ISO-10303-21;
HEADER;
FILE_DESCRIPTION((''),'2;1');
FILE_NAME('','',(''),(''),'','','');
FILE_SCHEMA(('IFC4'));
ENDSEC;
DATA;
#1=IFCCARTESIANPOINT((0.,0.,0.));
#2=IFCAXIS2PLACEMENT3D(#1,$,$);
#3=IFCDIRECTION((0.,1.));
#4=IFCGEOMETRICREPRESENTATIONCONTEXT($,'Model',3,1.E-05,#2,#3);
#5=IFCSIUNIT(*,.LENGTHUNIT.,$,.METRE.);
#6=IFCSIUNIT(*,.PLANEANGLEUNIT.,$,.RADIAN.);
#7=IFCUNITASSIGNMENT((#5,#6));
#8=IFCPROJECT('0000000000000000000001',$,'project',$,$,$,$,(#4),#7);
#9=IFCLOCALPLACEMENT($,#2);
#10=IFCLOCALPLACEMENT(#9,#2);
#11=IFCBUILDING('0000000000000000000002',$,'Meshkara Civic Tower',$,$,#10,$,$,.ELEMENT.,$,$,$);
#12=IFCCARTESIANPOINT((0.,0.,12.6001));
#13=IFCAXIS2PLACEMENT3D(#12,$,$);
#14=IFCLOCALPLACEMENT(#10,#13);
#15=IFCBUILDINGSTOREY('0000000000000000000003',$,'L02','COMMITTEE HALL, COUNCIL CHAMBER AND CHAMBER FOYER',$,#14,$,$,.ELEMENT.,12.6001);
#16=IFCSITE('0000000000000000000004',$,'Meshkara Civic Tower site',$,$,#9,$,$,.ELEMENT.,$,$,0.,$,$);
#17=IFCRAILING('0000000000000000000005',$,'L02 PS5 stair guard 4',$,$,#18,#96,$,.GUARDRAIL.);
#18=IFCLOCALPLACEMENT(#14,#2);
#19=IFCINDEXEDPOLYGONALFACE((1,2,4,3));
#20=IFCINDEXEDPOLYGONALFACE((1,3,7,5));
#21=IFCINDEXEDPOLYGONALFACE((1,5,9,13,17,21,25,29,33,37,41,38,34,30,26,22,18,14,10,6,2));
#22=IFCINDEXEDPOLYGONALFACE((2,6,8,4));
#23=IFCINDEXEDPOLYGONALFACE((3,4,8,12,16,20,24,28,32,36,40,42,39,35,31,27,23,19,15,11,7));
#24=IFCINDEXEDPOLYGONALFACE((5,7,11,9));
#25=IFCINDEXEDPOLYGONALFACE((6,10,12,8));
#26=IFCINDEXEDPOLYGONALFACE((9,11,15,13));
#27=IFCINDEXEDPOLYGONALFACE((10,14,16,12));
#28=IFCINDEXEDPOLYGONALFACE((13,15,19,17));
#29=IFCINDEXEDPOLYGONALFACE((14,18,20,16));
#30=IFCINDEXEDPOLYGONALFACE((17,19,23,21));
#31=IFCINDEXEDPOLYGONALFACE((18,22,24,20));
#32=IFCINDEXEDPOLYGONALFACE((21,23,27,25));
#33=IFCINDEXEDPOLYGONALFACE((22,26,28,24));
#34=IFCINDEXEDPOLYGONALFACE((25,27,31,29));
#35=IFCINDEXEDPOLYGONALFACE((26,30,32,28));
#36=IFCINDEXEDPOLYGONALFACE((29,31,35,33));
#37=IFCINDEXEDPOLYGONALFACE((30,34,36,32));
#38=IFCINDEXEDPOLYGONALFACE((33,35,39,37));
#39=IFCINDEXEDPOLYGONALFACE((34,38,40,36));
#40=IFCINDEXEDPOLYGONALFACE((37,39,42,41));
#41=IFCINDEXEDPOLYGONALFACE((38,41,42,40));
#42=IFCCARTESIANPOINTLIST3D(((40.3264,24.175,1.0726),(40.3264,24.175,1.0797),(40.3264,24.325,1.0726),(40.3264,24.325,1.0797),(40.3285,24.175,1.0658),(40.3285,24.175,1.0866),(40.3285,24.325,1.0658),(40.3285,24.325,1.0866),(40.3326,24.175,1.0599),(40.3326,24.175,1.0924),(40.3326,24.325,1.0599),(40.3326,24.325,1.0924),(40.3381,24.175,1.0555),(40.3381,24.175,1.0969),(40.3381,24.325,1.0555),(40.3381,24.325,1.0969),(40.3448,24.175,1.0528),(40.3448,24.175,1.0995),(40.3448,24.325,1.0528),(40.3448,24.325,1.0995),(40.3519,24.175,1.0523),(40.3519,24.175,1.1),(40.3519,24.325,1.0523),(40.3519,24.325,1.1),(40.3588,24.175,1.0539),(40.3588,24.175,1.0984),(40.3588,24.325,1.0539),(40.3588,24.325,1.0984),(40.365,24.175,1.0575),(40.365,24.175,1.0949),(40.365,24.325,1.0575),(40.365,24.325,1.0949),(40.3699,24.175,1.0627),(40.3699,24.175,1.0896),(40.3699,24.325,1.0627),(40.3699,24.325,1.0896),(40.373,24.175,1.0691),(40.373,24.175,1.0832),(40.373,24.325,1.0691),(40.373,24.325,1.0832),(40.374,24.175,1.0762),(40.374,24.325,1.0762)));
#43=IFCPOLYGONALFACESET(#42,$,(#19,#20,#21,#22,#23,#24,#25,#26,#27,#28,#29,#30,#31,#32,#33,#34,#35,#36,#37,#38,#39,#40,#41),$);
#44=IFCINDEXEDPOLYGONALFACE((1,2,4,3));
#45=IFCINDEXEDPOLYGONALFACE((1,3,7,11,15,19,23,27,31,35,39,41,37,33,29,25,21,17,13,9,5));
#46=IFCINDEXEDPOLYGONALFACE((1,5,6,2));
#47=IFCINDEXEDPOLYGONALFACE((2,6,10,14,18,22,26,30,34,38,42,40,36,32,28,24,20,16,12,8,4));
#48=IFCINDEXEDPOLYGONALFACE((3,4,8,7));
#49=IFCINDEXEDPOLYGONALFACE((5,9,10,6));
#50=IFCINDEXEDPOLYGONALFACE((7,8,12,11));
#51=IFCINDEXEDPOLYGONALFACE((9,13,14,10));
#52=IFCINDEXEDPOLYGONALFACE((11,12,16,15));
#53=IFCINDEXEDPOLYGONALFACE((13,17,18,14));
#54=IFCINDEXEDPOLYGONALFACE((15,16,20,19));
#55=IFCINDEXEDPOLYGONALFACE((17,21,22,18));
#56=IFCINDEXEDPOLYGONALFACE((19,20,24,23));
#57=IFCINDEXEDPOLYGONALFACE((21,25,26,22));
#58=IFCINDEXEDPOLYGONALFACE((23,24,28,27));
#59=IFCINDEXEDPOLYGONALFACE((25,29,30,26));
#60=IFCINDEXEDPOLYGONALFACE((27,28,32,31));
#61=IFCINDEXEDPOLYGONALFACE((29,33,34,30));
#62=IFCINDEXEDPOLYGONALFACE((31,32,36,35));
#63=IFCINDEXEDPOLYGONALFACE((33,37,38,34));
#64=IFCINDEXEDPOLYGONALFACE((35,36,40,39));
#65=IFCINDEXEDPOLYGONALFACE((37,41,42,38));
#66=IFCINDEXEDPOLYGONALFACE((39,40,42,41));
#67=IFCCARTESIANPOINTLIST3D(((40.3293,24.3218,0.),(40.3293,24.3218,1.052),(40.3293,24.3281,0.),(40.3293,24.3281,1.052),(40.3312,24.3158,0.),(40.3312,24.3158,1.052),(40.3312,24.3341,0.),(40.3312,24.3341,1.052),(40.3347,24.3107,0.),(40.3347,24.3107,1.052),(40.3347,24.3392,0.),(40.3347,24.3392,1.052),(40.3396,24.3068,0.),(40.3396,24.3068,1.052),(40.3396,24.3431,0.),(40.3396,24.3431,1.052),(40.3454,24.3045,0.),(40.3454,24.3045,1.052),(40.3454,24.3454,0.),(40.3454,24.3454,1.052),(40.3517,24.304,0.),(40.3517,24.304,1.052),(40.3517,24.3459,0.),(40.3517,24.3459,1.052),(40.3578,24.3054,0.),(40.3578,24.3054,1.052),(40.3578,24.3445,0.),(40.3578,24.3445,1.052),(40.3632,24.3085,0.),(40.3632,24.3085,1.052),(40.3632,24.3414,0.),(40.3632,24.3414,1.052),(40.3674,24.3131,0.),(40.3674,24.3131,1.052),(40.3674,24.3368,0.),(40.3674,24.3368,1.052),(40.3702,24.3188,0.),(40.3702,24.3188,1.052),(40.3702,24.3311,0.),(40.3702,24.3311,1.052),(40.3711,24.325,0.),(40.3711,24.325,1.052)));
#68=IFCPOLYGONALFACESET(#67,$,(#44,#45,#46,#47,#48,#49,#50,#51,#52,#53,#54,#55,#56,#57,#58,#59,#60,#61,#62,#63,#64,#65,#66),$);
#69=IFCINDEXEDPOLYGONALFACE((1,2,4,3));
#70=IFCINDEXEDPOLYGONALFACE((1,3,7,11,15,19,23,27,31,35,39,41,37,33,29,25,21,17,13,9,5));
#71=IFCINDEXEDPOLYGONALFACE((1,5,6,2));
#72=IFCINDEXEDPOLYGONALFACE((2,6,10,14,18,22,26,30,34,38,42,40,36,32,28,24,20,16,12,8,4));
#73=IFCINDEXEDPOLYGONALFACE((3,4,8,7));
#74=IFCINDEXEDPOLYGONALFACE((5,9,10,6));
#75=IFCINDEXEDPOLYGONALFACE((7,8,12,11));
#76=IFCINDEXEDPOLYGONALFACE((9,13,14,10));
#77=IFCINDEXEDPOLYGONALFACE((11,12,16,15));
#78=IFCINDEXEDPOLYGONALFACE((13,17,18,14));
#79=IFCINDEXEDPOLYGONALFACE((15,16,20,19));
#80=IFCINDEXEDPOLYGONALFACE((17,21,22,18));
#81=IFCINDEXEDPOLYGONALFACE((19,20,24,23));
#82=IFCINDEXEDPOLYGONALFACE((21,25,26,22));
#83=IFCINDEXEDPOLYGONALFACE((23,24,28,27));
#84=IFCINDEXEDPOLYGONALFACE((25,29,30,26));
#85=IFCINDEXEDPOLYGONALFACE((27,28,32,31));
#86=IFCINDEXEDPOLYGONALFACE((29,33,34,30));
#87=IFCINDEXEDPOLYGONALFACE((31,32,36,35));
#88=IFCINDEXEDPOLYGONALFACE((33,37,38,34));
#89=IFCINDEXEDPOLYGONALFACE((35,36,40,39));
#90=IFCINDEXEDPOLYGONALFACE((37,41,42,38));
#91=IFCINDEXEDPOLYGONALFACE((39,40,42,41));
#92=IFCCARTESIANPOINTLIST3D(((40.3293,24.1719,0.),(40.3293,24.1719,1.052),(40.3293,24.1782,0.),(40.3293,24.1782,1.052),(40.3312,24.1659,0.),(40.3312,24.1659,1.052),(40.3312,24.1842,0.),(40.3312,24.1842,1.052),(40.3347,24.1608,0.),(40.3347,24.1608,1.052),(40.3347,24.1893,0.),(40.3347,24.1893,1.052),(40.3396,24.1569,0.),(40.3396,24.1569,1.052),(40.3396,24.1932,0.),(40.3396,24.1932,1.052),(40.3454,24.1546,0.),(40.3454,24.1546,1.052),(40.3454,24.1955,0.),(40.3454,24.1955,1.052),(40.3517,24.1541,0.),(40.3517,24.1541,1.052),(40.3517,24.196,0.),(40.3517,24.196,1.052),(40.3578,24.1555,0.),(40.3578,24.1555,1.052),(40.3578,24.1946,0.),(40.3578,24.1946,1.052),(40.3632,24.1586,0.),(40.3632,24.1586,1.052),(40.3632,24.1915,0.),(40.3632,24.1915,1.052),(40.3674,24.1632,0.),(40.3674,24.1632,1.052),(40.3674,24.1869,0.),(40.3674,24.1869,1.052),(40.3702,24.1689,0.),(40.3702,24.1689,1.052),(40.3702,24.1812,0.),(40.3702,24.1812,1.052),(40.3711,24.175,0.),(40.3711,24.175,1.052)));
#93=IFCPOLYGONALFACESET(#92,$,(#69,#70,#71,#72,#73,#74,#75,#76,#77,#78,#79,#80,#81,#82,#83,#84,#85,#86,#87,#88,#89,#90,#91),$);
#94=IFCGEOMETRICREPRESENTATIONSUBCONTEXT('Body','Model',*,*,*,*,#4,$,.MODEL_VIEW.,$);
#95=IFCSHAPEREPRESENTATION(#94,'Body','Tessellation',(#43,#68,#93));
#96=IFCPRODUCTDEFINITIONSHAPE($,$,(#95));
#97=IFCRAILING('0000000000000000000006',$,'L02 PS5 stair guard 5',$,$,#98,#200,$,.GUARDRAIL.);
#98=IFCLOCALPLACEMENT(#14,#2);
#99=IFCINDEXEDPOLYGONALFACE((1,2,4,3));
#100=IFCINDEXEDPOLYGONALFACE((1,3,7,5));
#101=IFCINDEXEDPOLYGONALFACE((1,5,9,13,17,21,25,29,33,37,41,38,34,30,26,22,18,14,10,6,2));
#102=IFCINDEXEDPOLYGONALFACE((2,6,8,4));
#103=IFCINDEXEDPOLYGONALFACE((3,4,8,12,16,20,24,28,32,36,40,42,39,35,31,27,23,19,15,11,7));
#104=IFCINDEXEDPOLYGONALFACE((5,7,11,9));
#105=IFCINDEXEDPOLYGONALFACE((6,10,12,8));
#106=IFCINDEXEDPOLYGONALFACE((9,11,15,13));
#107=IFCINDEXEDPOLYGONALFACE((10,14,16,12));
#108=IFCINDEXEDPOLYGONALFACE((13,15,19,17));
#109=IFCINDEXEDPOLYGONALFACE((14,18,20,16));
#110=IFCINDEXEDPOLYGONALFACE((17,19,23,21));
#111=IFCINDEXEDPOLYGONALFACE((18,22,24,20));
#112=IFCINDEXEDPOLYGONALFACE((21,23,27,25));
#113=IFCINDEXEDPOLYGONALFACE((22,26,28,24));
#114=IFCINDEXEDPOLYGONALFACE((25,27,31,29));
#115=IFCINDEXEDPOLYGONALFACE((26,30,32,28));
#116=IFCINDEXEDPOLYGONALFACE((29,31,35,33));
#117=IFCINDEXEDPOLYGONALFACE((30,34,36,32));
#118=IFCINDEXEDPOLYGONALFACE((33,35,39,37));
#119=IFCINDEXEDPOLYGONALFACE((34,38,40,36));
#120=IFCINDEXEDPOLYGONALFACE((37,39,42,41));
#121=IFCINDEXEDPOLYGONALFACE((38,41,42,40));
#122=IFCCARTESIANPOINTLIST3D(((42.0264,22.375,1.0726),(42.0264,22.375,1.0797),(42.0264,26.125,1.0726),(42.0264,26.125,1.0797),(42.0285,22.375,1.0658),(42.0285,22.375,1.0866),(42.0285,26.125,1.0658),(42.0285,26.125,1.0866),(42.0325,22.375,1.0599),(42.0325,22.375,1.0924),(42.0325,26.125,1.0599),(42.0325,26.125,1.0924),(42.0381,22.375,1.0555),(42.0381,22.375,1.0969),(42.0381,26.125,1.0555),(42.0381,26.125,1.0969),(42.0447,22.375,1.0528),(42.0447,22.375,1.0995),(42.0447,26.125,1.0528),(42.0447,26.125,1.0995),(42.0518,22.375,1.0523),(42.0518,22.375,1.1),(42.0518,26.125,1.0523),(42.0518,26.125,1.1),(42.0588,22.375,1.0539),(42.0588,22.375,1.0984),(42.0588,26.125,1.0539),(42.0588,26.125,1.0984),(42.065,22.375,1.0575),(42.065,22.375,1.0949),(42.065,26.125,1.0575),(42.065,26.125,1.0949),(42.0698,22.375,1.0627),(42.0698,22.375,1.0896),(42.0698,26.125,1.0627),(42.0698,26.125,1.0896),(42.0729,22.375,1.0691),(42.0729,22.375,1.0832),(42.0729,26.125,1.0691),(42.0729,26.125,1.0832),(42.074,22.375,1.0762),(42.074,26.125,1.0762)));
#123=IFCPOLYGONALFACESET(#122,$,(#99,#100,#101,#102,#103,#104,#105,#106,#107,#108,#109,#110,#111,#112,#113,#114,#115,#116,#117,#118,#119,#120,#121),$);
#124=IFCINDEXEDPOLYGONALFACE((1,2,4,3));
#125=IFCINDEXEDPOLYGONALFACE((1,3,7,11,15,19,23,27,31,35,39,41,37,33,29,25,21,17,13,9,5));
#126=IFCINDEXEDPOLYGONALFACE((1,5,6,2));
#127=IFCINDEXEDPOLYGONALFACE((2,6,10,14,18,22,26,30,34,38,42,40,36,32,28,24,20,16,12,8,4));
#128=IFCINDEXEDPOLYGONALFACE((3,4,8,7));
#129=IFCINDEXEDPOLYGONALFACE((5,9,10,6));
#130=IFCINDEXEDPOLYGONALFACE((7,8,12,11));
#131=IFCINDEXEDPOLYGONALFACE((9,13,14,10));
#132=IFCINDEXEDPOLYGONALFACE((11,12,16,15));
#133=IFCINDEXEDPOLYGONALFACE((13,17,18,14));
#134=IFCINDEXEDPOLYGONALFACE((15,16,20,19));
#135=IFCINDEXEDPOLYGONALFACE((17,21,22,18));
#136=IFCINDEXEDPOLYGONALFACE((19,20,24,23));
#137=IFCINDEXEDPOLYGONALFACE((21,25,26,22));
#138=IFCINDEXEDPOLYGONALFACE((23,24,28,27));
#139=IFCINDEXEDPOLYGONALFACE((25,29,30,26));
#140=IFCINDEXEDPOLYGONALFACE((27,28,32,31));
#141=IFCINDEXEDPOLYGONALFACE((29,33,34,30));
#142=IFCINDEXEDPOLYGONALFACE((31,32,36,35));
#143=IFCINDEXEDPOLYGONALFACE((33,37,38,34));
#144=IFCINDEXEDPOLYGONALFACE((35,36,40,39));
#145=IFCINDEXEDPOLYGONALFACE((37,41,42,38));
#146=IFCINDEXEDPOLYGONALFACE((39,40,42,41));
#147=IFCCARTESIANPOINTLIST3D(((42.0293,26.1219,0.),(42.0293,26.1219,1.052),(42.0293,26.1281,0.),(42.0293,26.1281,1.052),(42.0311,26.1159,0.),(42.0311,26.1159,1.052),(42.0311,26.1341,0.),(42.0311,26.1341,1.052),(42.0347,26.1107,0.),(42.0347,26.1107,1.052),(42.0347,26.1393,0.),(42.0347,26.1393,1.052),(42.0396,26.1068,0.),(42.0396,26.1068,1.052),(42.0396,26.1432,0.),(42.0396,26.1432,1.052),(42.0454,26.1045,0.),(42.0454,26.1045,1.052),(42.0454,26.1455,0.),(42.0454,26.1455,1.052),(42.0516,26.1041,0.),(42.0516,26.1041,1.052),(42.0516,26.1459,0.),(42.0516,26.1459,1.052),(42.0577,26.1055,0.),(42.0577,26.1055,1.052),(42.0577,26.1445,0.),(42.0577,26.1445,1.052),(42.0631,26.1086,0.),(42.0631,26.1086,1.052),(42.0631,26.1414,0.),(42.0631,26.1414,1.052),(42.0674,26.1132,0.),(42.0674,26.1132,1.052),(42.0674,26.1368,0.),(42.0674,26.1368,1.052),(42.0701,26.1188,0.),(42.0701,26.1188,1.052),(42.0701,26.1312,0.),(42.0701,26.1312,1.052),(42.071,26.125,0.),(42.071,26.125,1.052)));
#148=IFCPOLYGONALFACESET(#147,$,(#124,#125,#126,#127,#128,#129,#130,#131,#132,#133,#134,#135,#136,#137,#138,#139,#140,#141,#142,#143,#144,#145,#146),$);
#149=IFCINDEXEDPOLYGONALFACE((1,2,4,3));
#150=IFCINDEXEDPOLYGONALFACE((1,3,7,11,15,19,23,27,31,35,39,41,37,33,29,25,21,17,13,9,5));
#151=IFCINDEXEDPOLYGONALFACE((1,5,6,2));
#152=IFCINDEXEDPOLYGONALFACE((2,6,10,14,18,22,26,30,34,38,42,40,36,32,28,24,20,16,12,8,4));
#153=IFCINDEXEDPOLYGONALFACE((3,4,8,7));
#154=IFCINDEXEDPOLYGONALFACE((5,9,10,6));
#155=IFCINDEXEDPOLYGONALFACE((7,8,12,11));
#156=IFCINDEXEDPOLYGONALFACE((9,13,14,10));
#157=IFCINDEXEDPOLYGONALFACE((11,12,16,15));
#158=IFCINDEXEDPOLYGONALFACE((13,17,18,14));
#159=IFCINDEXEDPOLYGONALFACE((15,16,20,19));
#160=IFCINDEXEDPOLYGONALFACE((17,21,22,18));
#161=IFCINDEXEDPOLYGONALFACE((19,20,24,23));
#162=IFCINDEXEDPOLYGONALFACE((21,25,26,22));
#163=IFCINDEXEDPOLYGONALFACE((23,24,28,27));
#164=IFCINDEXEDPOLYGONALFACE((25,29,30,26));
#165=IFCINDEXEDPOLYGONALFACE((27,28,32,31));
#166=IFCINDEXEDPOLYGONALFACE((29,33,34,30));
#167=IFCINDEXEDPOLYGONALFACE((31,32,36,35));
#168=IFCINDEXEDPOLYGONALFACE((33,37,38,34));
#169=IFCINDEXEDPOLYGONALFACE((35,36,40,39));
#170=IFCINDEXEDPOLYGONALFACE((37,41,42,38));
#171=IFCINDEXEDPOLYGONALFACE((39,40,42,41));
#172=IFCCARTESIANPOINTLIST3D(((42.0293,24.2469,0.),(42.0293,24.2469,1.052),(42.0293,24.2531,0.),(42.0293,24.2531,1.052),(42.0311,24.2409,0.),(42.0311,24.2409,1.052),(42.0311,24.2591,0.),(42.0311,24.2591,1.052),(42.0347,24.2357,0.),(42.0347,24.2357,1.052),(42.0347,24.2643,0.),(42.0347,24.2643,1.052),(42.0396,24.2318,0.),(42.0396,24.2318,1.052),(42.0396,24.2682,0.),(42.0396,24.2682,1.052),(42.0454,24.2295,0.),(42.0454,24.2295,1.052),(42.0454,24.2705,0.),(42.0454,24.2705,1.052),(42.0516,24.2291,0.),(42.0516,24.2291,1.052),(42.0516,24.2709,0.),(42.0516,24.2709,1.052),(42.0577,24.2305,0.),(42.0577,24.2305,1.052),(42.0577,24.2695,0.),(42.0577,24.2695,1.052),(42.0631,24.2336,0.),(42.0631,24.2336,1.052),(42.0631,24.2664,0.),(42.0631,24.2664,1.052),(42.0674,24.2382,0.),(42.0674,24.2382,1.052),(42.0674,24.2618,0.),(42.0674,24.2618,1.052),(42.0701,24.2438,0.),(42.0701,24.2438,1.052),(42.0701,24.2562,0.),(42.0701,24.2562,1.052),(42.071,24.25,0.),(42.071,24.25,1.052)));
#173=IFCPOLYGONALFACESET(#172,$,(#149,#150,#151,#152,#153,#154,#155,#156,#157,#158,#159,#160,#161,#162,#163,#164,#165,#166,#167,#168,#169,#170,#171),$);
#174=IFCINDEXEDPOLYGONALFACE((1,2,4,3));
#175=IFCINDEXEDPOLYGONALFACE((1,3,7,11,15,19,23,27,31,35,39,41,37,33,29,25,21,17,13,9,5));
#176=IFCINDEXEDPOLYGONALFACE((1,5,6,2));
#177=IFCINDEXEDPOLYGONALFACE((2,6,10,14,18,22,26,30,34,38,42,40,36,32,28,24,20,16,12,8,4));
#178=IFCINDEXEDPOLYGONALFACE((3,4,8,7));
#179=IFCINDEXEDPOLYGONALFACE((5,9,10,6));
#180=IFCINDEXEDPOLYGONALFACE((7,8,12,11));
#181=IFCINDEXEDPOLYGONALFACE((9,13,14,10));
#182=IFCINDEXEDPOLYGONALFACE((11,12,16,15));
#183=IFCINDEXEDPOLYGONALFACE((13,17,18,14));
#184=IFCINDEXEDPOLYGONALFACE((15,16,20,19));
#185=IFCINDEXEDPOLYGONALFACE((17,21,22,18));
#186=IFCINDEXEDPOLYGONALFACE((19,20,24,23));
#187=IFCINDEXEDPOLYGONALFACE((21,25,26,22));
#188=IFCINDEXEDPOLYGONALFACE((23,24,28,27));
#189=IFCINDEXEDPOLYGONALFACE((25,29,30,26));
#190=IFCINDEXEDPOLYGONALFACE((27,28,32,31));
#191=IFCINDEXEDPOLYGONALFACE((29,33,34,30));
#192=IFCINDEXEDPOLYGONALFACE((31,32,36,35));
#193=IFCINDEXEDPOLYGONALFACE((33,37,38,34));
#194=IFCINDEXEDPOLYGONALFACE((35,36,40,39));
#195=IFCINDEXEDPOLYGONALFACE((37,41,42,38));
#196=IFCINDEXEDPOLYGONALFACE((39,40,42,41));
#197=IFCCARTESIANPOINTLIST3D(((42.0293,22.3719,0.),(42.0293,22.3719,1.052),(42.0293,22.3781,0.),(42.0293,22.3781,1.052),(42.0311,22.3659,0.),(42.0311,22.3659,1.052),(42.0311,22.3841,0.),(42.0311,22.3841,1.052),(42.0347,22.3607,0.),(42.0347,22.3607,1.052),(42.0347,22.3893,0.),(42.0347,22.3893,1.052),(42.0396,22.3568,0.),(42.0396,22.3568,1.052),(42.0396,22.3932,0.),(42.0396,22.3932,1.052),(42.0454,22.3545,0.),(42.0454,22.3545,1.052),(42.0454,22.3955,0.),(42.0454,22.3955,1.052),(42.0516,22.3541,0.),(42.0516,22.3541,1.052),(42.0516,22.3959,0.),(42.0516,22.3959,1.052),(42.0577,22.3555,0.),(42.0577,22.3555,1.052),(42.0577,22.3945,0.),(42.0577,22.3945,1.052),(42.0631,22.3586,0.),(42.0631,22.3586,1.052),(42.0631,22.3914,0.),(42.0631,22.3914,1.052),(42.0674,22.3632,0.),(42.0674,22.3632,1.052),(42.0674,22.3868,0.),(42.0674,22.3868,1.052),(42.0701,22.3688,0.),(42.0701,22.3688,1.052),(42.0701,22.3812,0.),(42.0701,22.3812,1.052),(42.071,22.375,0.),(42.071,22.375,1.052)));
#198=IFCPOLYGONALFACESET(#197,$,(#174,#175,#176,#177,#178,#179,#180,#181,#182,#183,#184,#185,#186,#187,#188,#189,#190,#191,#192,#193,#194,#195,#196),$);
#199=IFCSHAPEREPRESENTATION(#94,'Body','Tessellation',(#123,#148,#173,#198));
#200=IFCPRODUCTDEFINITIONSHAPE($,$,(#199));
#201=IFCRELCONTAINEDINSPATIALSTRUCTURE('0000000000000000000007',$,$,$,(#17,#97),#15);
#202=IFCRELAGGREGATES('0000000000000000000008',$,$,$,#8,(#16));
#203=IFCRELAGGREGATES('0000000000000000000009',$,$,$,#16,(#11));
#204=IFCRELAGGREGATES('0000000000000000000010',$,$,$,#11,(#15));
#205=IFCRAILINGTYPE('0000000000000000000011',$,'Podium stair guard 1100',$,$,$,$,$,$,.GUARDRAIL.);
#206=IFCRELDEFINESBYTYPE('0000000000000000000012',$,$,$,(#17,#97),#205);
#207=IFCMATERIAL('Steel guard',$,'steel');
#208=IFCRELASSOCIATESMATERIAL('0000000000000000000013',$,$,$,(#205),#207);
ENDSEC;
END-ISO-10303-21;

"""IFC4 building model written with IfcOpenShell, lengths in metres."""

from ifc_helpers import new_model, si_unit, direction, frame, origin, origin_2d, place, context, subcontext, project, spatial, circle, extrude, material, type_object, element, save


model = new_model("IFC4")

# Units and contexts
model_context = context("Model", 3, precision=1e-05, world=origin(), true_north=direction((0.0, 1.0)))
body_context = subcontext(model_context, "Body", "Model", "MODEL_VIEW")
ifc_project = project(units=[si_unit("LENGTHUNIT", "METRE"), si_unit("PLANEANGLEUNIT", "RADIAN")], contexts=[model_context])

# Site, building, storey
site_placement = place(None, origin())
site = spatial("IfcSite", under=ifc_project, at=site_placement, Name="Meshkara Civic Tower site", CompositionType="ELEMENT", RefElevation=0.0)
building_placement = place(site_placement, origin())
building = spatial("IfcBuilding", under=site, at=building_placement, Name="Meshkara Civic Tower", CompositionType="ELEMENT")
storey_placement = place(building_placement, frame((0.0, 0.0, 12.6001)))
storey = spatial("IfcBuildingStorey", under=building, at=storey_placement, Name="L02", Description="COMMITTEE HALL, COUNCIL CHAMBER AND CHAMBER FOYER", CompositionType="ELEMENT", Elevation=12.6001)

# Railings
ifc_material_1 = material(Name="Steel guard", Category="steel")
railing_type_1 = type_object("IfcRailingType", Name="Podium stair guard 1100", PredefinedType="GUARDRAIL", material=ifc_material_1)
railing_1_placement = place(storey_placement, frame((40.3501, 24.325, 0.0)))
element("IfcRailing", 1, at=railing_1_placement, inside=storey, type_object=railing_type_1, Name="L02 PS5 stair guard 4", PredefinedType="GUARDRAIL", context=body_context, shape_type="SweptSolid", body=[
    extrude(circle(Radius=0.0239, at=origin_2d()), frame((0.0, 0.0, 1.0762), z_axis=(0.0, -1.0, 0.0), x_axis=(1.0, 0.0, 0.0)), (0.0, 0.0, 1.0), 0.1499),
    extrude(circle(Radius=0.021, at=origin_2d()), origin(), (0.0, 0.0, 1.0), 1.052),
    extrude(circle(Radius=0.021, at=origin_2d()), frame((0.0, -0.1499, 0.0)), (0.0, 0.0, 1.0), 1.052),
])
railing_2_placement = place(storey_placement, frame((42.05, 26.125, 0.0)))
element("IfcRailing", 2, at=railing_2_placement, inside=storey, type_object=railing_type_1, Name="L02 PS5 stair guard 5", PredefinedType="GUARDRAIL", context=body_context, shape_type="SweptSolid", body=[
    extrude(circle(Radius=0.0239, at=origin_2d()), frame((0.0, 0.0, 1.0762), z_axis=(0.0, -1.0, 0.0), x_axis=(1.0, 0.0, 0.0)), (0.0, 0.0, 1.0), 3.75),
    extrude(circle(Radius=0.021, at=origin_2d()), origin(), (0.0, 0.0, 1.0), 1.052),
    extrude(circle(Radius=0.021, at=origin_2d()), frame((0.0, -1.875, 0.0)), (0.0, 0.0, 1.0), 1.052),
    extrude(circle(Radius=0.021, at=origin_2d()), frame((0.0, -3.75, 0.0)), (0.0, 0.0, 1.0), 1.052),
])

save(model, "model.ifc")
